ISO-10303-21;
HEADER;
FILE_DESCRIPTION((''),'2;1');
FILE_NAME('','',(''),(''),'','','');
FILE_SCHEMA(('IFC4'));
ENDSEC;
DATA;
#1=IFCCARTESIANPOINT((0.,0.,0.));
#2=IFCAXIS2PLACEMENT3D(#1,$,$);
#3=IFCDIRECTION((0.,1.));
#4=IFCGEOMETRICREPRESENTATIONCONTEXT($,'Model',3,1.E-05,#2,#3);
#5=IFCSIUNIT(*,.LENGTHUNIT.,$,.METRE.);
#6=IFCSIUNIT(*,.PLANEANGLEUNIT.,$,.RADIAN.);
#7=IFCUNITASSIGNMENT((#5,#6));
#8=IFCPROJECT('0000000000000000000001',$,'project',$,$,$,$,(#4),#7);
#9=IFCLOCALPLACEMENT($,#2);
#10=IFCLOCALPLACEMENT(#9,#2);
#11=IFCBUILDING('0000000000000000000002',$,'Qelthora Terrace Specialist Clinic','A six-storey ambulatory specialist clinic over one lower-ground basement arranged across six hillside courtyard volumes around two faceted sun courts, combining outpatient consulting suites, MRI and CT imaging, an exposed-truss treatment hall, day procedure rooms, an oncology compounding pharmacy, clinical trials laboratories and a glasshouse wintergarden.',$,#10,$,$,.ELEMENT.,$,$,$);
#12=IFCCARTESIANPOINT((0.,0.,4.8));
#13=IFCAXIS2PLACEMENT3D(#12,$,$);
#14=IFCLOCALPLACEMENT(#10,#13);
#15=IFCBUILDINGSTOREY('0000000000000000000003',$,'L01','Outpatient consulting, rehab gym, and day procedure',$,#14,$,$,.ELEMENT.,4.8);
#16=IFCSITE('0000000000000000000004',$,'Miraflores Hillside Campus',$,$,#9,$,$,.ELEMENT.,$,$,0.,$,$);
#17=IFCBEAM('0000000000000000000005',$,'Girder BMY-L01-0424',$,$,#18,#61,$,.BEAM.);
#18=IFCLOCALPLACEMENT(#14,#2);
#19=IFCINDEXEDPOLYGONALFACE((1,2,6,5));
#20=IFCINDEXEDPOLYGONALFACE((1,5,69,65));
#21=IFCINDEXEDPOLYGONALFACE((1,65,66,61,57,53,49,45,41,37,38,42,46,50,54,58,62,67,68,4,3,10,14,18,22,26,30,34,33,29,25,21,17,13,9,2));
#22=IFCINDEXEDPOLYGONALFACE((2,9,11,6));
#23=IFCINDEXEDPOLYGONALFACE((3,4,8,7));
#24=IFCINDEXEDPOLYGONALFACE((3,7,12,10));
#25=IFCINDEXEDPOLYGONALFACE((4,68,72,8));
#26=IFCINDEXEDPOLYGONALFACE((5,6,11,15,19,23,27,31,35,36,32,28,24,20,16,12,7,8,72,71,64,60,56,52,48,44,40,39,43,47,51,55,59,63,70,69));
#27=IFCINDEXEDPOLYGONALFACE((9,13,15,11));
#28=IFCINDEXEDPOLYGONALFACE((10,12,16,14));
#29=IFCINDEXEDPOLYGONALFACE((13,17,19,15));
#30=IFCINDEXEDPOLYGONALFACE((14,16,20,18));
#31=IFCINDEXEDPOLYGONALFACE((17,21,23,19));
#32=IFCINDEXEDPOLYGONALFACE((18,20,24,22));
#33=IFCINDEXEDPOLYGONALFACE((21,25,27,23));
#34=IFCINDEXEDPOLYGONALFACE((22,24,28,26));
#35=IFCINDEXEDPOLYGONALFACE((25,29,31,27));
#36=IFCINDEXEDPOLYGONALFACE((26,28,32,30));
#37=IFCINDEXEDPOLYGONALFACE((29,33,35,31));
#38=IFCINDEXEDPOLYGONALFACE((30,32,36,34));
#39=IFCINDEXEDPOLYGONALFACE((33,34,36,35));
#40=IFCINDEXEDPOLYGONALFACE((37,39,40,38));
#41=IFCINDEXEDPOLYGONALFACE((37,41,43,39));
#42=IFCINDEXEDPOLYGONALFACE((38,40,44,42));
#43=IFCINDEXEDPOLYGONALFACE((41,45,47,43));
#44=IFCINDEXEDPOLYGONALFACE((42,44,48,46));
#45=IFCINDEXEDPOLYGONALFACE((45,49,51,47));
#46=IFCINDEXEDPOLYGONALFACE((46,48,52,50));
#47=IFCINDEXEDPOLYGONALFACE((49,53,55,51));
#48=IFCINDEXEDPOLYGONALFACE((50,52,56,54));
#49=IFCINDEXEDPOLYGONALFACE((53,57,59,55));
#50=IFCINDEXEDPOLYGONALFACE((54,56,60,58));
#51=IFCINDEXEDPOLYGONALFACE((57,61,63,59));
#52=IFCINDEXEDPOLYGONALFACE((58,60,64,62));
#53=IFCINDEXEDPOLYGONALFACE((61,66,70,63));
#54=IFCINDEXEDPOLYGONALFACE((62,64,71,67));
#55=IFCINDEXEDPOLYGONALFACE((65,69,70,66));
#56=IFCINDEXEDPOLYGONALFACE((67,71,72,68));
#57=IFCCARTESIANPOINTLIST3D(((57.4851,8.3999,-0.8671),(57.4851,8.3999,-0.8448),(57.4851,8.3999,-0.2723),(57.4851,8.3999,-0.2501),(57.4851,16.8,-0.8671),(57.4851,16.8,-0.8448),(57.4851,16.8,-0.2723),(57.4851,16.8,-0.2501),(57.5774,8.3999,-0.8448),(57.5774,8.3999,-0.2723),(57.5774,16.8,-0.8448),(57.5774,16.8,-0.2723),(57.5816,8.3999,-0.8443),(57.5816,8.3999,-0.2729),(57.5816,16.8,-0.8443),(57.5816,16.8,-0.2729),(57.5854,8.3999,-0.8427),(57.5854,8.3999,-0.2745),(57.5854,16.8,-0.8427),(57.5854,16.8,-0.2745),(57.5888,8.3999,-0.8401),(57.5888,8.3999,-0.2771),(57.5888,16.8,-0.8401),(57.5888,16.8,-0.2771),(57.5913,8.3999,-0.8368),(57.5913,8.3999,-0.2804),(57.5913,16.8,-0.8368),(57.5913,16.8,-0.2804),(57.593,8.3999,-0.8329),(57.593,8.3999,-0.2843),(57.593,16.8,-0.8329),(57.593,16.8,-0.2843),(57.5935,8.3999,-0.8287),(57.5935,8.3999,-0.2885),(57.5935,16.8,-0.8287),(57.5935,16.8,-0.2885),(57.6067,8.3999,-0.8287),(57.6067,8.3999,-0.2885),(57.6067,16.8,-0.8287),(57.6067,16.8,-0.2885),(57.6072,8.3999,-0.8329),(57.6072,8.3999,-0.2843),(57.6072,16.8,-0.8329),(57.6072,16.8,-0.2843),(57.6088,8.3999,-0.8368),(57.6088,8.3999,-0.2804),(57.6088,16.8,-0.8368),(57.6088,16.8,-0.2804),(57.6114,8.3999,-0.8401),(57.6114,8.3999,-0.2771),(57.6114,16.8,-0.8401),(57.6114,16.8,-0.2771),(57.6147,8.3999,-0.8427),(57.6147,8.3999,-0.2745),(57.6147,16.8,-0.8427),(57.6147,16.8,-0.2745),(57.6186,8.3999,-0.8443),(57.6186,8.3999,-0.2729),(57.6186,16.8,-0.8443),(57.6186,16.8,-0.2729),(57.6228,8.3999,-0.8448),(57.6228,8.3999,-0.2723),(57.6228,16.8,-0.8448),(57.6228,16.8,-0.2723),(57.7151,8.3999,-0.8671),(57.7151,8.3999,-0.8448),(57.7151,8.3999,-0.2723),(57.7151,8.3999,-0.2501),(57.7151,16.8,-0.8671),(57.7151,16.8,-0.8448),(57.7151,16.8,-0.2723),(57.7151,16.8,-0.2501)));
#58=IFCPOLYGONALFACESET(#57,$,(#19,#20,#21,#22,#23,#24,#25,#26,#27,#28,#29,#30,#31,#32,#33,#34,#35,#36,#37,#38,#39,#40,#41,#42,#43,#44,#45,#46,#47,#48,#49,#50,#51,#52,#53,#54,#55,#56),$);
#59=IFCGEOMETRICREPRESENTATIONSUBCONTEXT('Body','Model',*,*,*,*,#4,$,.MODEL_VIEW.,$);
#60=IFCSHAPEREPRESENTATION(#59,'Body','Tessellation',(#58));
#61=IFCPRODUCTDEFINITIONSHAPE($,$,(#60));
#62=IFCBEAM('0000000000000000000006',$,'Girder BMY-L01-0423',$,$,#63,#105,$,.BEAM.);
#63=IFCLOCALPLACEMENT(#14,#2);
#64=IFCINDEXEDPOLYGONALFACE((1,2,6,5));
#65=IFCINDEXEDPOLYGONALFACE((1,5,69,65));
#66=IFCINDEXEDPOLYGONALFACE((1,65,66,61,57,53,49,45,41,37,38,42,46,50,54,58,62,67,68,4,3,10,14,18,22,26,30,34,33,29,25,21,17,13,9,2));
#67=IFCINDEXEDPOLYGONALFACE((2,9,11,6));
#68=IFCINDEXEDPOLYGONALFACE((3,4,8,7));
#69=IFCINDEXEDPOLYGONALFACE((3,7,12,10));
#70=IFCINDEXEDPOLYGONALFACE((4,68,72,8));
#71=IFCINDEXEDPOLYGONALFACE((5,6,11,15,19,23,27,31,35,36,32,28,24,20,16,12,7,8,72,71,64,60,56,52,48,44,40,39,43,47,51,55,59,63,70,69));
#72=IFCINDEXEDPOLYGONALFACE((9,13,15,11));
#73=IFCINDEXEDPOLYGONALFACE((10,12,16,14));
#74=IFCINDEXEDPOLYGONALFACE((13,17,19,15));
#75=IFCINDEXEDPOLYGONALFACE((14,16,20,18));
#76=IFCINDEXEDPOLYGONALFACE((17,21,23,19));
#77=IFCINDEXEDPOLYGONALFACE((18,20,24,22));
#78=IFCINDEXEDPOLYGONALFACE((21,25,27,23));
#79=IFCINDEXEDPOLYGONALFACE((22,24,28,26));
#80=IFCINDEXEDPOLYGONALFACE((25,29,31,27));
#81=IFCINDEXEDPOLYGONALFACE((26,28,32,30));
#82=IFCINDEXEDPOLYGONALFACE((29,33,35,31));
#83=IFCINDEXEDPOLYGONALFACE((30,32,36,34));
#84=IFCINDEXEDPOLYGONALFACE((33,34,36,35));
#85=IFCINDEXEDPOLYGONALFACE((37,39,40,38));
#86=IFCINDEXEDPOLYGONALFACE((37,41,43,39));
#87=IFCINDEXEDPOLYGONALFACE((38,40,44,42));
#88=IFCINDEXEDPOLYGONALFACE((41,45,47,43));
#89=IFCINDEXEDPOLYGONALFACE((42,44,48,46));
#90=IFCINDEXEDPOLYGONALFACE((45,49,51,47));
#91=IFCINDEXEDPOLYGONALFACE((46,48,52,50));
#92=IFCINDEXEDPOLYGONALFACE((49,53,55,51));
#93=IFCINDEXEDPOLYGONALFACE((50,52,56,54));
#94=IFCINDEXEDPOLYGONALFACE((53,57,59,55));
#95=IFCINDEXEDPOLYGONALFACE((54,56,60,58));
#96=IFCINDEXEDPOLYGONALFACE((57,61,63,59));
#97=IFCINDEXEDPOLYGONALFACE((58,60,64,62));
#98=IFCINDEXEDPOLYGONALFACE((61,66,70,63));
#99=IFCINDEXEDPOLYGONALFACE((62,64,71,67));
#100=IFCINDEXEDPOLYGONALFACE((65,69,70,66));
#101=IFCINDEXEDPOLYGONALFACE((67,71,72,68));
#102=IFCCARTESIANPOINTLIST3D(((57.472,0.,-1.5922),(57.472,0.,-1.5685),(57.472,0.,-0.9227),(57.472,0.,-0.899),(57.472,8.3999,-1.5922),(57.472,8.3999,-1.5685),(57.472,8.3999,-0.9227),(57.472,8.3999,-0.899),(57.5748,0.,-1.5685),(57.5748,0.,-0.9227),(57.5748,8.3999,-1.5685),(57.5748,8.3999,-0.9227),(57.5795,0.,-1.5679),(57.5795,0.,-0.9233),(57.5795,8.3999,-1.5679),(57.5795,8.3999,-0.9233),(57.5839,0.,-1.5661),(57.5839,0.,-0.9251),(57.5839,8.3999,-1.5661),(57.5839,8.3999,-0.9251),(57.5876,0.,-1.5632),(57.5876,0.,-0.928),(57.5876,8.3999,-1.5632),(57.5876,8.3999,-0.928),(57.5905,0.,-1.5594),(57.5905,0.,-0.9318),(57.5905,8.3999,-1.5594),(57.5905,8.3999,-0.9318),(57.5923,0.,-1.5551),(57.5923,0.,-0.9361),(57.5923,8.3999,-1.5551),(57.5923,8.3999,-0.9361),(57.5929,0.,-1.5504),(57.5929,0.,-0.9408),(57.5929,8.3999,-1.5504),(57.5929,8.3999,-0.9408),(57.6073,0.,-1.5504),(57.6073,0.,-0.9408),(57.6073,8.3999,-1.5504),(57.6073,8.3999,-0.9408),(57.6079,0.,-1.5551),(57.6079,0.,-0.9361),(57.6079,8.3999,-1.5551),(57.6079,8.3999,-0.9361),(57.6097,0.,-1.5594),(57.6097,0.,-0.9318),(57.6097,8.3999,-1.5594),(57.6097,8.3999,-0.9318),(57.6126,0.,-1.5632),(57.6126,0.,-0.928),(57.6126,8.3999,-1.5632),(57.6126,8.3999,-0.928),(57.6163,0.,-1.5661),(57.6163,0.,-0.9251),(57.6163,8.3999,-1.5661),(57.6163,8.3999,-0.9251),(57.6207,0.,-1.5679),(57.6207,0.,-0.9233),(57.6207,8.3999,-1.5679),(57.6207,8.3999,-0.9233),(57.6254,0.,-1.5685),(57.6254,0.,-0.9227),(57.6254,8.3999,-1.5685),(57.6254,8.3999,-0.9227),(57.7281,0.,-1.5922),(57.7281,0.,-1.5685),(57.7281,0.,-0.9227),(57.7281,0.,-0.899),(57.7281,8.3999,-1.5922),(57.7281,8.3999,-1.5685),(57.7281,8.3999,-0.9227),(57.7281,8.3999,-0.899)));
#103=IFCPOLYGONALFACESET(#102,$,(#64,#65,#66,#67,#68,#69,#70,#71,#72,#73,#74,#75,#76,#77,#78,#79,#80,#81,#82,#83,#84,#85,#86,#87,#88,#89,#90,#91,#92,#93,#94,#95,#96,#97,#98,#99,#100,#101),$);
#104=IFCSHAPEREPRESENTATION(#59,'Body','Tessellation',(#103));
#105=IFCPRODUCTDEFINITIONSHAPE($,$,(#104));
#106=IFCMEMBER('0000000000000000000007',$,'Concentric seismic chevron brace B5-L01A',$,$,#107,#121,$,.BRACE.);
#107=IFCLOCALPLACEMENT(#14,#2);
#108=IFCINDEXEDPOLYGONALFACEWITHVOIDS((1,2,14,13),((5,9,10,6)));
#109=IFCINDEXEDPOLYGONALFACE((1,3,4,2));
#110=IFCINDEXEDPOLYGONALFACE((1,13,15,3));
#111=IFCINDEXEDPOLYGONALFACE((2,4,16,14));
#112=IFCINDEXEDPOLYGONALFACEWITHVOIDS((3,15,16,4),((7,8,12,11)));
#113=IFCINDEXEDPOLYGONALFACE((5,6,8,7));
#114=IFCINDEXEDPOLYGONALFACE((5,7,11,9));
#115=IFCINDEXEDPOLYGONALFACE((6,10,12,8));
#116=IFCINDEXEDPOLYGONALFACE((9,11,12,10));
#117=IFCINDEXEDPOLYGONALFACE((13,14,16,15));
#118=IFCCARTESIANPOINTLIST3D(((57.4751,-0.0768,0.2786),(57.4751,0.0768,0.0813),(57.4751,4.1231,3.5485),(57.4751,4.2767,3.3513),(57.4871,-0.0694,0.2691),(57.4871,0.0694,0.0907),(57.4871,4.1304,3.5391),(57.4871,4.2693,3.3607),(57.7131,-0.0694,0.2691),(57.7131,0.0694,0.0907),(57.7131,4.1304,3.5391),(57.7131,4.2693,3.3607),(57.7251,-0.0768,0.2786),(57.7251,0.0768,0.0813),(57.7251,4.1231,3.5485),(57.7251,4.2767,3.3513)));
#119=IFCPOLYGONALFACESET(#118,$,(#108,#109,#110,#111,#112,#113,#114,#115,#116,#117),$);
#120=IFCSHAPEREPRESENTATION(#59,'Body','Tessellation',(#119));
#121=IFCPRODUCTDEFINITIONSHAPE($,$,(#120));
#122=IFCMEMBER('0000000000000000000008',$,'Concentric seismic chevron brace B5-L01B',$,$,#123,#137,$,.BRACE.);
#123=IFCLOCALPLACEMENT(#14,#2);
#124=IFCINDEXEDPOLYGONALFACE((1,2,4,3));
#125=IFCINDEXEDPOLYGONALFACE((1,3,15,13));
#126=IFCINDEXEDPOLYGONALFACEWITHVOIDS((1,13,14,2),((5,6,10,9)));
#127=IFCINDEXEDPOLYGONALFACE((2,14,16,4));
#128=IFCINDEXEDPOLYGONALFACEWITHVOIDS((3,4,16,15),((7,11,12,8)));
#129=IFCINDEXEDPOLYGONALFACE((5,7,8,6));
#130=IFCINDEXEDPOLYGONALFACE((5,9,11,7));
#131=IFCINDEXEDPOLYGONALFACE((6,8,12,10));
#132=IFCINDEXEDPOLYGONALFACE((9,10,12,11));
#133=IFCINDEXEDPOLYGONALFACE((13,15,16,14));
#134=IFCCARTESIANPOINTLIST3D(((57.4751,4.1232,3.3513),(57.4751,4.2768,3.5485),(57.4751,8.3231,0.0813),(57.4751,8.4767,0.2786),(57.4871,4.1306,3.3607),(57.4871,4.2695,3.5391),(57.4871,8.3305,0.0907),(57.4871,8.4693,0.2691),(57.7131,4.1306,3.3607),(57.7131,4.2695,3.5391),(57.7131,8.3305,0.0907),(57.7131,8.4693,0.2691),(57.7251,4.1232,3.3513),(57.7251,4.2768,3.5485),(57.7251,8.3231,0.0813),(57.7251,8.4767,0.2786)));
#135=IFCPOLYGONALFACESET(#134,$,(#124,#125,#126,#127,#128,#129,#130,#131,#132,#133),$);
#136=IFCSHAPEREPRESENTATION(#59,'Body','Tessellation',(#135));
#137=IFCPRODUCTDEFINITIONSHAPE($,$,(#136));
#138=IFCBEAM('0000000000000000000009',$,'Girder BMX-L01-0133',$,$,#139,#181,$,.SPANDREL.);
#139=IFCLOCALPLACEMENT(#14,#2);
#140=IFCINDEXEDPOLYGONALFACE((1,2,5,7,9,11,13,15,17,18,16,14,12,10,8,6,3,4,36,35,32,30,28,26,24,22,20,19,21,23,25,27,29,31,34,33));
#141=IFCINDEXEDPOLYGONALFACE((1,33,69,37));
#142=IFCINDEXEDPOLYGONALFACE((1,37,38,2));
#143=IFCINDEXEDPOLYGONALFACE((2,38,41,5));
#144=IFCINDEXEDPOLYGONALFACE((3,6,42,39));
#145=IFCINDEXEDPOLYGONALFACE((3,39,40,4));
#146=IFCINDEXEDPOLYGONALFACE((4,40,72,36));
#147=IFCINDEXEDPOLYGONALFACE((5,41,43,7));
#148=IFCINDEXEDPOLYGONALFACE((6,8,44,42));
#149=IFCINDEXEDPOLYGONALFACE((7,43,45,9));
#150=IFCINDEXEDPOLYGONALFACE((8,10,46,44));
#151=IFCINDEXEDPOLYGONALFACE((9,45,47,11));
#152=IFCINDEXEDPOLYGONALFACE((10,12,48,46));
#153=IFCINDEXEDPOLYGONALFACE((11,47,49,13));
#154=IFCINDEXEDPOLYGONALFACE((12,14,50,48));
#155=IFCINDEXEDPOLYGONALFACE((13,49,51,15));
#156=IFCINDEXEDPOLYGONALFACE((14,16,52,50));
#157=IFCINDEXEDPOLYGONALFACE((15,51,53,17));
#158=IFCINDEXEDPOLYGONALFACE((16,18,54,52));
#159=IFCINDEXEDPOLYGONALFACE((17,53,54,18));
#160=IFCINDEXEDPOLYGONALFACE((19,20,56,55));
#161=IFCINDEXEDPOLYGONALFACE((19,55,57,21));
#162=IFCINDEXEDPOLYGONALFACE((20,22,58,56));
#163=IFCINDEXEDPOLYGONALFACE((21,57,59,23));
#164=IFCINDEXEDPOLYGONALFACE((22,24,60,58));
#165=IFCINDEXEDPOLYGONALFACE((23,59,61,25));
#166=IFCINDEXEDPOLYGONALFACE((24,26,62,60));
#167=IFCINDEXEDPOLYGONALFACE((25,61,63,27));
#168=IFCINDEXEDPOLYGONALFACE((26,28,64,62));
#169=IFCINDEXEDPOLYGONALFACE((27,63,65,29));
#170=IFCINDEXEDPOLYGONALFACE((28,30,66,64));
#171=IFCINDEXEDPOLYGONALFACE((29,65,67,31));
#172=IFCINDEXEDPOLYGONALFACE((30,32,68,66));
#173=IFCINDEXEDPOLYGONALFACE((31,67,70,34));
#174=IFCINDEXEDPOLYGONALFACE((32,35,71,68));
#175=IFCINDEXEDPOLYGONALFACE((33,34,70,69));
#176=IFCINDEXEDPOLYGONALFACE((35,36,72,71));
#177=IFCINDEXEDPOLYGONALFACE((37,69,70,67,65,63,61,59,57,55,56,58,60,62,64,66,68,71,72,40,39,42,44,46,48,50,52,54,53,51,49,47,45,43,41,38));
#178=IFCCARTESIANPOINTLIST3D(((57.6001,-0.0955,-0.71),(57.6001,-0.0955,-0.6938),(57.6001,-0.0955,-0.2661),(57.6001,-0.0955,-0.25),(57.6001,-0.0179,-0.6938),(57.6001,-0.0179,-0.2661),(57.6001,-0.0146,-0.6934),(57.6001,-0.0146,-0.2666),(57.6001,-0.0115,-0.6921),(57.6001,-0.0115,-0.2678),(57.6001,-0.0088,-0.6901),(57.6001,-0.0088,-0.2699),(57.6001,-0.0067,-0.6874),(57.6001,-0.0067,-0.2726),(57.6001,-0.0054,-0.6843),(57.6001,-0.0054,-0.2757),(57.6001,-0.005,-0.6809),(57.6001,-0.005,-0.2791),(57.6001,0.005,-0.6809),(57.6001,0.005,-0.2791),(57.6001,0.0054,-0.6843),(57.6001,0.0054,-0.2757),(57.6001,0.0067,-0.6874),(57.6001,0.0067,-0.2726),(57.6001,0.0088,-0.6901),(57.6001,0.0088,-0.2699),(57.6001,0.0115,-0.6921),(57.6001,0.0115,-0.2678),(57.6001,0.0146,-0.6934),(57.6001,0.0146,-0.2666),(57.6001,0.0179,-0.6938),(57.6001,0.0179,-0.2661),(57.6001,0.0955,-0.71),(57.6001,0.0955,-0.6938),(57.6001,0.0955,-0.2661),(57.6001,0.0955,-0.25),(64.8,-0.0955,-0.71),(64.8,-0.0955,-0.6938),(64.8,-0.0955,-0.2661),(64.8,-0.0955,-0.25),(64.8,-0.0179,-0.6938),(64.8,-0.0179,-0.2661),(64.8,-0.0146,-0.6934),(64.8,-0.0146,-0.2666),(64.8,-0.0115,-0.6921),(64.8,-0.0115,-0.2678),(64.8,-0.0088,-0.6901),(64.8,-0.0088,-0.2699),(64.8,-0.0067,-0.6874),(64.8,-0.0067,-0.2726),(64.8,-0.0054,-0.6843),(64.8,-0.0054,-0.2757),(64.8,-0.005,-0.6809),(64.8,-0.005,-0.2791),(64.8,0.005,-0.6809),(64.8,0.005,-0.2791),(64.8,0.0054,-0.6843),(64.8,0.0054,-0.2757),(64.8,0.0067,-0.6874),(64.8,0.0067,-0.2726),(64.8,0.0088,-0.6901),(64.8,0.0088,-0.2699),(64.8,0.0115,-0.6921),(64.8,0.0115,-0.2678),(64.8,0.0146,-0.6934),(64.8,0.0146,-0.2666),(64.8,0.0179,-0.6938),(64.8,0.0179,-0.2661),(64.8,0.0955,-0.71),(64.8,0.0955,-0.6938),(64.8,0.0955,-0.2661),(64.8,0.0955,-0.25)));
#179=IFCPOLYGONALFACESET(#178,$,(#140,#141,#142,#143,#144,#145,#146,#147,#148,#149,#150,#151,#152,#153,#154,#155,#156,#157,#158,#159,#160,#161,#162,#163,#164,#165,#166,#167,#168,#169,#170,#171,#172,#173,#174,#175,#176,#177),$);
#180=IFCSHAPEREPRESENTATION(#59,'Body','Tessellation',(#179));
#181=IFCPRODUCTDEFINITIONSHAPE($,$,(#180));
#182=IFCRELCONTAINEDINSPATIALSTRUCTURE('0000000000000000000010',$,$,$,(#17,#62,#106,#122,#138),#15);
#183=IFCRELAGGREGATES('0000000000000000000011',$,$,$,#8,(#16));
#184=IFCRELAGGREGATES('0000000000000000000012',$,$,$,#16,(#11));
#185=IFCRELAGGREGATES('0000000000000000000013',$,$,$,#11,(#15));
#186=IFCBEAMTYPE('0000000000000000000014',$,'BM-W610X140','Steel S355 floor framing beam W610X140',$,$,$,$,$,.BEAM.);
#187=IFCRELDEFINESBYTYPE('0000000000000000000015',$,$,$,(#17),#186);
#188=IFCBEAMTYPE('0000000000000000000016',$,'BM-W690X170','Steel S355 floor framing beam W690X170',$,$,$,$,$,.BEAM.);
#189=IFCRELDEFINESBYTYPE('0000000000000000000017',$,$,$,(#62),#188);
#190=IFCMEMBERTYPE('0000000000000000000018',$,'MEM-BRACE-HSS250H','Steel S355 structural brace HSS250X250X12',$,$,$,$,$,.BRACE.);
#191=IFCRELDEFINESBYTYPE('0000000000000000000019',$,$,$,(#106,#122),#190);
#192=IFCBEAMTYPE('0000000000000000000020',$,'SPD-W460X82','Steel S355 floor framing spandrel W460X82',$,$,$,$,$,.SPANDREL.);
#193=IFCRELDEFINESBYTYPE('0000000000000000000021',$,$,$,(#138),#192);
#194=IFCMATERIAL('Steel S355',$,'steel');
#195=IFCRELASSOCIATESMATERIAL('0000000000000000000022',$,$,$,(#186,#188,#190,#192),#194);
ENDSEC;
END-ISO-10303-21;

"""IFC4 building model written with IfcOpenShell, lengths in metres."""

from ifc_helpers import new_model, si_unit, direction, frame, origin, origin_2d, place, context, subcontext, project, spatial, hollow_rectangle, i_section, extrude, material, material_profile, profile_set, type_object, element, save


model = new_model("IFC4")

# Units and contexts
model_context = context("Model", 3, precision=1e-05, world=origin(), true_north=direction((0.0, 1.0)))
body_context = subcontext(model_context, "Body", "Model", "MODEL_VIEW")
ifc_project = project(units=[si_unit("LENGTHUNIT", "METRE"), si_unit("PLANEANGLEUNIT", "RADIAN")], contexts=[model_context])

# Site, building, storey
site_placement = place(None, origin())
site = spatial("IfcSite", under=ifc_project, at=site_placement, Name="Miraflores Hillside Campus", CompositionType="ELEMENT", RefElevation=0.0)
building_placement = place(site_placement, origin())
building = spatial("IfcBuilding", under=site, at=building_placement, Name="Qelthora Terrace Specialist Clinic", Description="A six-storey ambulatory specialist clinic over one lower-ground basement arranged across six hillside courtyard volumes around two faceted sun courts, combining outpatient consulting suites, MRI and CT imaging, an exposed-truss treatment hall, day procedure rooms, an oncology compounding pharmacy, clinical trials laboratories and a glasshouse wintergarden.", CompositionType="ELEMENT")
storey_placement = place(building_placement, frame((0.0, 0.0, 4.8)))
storey = spatial("IfcBuildingStorey", under=building, at=storey_placement, Name="L01", Description="Outpatient consulting, rehab gym, and day procedure", CompositionType="ELEMENT", Elevation=4.8)

# Shared definitions
ifc_material_1 = material(Name="Steel S355", Category="steel")

# Beams
ifc_material_profile_1 = material_profile(ifc_material_1, i_section(OverallWidth=0.23, OverallDepth=0.6169, WebThickness=0.0132, FlangeThickness=0.0222, FilletRadius=0.0161, at=origin_2d()), Name="W610X140")
ifc_profile_set_1 = profile_set([ifc_material_profile_1], Name="Steel S355")
beam_type_1 = type_object("IfcBeamType", Name="BM-W610X140", Description="Steel S355 floor framing beam W610X140", PredefinedType="BEAM", material=ifc_profile_set_1)
beam_1_placement = place(storey_placement, frame((57.6001, 8.3999, -0.5586), z_axis=(0.0, 1.0, 0.0), x_axis=(-1.0, 0.0, 0.0)))
element("IfcBeam", 1, at=beam_1_placement, inside=storey, type_object=beam_type_1, Name="Girder BMY-L01-0424", PredefinedType="BEAM", context=body_context, shape_type="SweptSolid", body=[
    extrude(i_section(OverallWidth=0.23, OverallDepth=0.6169, WebThickness=0.0132, FlangeThickness=0.0222, FilletRadius=0.0161, at=origin_2d()), origin(), (0.0, 0.0, 1.0), 8.4001),
])
ifc_material_profile_2 = material_profile(ifc_material_1, i_section(OverallWidth=0.2561, OverallDepth=0.6931, WebThickness=0.0144, FlangeThickness=0.0237, FilletRadius=0.0181, at=origin_2d()), Name="W690X170")
ifc_profile_set_2 = profile_set([ifc_material_profile_2], Name="Steel S355")
beam_type_2 = type_object("IfcBeamType", Name="BM-W690X170", Description="Steel S355 floor framing beam W690X170", PredefinedType="BEAM", material=ifc_profile_set_2)
beam_2_placement = place(storey_placement, frame((57.6001, 0.0, -1.2456), z_axis=(0.0, 1.0, 0.0), x_axis=(-1.0, 0.0, 0.0)))
element("IfcBeam", 2, at=beam_2_placement, inside=storey, type_object=beam_type_2, Name="Girder BMY-L01-0423", PredefinedType="BEAM", context=body_context, shape_type="SweptSolid", body=[
    extrude(i_section(OverallWidth=0.2561, OverallDepth=0.6931, WebThickness=0.0144, FlangeThickness=0.0237, FilletRadius=0.0181, at=origin_2d()), origin(), (0.0, 0.0, 1.0), 8.3999),
])

# Members
ifc_material_profile_3 = material_profile(ifc_material_1, hollow_rectangle(XDim=0.25, YDim=0.25, WallThickness=0.012, at=origin_2d()), Name="HSS250X250X12")
ifc_profile_set_3 = profile_set([ifc_material_profile_3], Name="Steel S355")
member_type = type_object("IfcMemberType", Name="MEM-BRACE-HSS250H", Description="Steel S355 structural brace HSS250X250X12", PredefinedType="BRACE", material=ifc_profile_set_3)
for number, where, z_axis, x_axis, name in (
    (3, (57.6001, 0.0, 0.1799), (0.0, 0.789043, 0.614337), (-1.0, 0.0, 0.0), "Concentric seismic chevron brace B5-L01A"),
    (4, (57.6001, 8.3999, 0.1799), (0.0, -0.789043, 0.614337), (1.0, 0.0, 0.0), "Concentric seismic chevron brace B5-L01B"),
):
    element("IfcMember", number, at=place(storey_placement, frame(where, z_axis=z_axis, x_axis=x_axis)), inside=storey, type_object=member_type, Name=name, PredefinedType="BRACE", context=body_context, shape_type="SweptSolid", body=[
        extrude(hollow_rectangle(XDim=0.25, YDim=0.25, WallThickness=0.012, at=origin_2d()), origin(), (0.0, 0.0, 1.0), 5.3228),
    ])

# Beam
ifc_material_profile_4 = material_profile(ifc_material_1, i_section(OverallWidth=0.1909, OverallDepth=0.46, WebThickness=0.01, FlangeThickness=0.0161, FilletRadius=0.0129, at=origin_2d()), Name="W460X82")
ifc_profile_set_4 = profile_set([ifc_material_profile_4], Name="Steel S355")
beam_type_3 = type_object("IfcBeamType", Name="SPD-W460X82", Description="Steel S355 floor framing spandrel W460X82", PredefinedType="SPANDREL", material=ifc_profile_set_4)
beam_3_placement = place(storey_placement, frame((57.6001, 0.0, -0.48), z_axis=(1.0, 0.0, 0.0), x_axis=(0.0, 1.0, 0.0)))
element("IfcBeam", 5, at=beam_3_placement, inside=storey, type_object=beam_type_3, Name="Girder BMX-L01-0133", PredefinedType="SPANDREL", context=body_context, shape_type="SweptSolid", body=[
    extrude(i_section(OverallWidth=0.1909, OverallDepth=0.46, WebThickness=0.01, FlangeThickness=0.0161, FilletRadius=0.0129, at=origin_2d()), origin(), (0.0, 0.0, 1.0), 7.2),
])

save(model, "model.ifc")
